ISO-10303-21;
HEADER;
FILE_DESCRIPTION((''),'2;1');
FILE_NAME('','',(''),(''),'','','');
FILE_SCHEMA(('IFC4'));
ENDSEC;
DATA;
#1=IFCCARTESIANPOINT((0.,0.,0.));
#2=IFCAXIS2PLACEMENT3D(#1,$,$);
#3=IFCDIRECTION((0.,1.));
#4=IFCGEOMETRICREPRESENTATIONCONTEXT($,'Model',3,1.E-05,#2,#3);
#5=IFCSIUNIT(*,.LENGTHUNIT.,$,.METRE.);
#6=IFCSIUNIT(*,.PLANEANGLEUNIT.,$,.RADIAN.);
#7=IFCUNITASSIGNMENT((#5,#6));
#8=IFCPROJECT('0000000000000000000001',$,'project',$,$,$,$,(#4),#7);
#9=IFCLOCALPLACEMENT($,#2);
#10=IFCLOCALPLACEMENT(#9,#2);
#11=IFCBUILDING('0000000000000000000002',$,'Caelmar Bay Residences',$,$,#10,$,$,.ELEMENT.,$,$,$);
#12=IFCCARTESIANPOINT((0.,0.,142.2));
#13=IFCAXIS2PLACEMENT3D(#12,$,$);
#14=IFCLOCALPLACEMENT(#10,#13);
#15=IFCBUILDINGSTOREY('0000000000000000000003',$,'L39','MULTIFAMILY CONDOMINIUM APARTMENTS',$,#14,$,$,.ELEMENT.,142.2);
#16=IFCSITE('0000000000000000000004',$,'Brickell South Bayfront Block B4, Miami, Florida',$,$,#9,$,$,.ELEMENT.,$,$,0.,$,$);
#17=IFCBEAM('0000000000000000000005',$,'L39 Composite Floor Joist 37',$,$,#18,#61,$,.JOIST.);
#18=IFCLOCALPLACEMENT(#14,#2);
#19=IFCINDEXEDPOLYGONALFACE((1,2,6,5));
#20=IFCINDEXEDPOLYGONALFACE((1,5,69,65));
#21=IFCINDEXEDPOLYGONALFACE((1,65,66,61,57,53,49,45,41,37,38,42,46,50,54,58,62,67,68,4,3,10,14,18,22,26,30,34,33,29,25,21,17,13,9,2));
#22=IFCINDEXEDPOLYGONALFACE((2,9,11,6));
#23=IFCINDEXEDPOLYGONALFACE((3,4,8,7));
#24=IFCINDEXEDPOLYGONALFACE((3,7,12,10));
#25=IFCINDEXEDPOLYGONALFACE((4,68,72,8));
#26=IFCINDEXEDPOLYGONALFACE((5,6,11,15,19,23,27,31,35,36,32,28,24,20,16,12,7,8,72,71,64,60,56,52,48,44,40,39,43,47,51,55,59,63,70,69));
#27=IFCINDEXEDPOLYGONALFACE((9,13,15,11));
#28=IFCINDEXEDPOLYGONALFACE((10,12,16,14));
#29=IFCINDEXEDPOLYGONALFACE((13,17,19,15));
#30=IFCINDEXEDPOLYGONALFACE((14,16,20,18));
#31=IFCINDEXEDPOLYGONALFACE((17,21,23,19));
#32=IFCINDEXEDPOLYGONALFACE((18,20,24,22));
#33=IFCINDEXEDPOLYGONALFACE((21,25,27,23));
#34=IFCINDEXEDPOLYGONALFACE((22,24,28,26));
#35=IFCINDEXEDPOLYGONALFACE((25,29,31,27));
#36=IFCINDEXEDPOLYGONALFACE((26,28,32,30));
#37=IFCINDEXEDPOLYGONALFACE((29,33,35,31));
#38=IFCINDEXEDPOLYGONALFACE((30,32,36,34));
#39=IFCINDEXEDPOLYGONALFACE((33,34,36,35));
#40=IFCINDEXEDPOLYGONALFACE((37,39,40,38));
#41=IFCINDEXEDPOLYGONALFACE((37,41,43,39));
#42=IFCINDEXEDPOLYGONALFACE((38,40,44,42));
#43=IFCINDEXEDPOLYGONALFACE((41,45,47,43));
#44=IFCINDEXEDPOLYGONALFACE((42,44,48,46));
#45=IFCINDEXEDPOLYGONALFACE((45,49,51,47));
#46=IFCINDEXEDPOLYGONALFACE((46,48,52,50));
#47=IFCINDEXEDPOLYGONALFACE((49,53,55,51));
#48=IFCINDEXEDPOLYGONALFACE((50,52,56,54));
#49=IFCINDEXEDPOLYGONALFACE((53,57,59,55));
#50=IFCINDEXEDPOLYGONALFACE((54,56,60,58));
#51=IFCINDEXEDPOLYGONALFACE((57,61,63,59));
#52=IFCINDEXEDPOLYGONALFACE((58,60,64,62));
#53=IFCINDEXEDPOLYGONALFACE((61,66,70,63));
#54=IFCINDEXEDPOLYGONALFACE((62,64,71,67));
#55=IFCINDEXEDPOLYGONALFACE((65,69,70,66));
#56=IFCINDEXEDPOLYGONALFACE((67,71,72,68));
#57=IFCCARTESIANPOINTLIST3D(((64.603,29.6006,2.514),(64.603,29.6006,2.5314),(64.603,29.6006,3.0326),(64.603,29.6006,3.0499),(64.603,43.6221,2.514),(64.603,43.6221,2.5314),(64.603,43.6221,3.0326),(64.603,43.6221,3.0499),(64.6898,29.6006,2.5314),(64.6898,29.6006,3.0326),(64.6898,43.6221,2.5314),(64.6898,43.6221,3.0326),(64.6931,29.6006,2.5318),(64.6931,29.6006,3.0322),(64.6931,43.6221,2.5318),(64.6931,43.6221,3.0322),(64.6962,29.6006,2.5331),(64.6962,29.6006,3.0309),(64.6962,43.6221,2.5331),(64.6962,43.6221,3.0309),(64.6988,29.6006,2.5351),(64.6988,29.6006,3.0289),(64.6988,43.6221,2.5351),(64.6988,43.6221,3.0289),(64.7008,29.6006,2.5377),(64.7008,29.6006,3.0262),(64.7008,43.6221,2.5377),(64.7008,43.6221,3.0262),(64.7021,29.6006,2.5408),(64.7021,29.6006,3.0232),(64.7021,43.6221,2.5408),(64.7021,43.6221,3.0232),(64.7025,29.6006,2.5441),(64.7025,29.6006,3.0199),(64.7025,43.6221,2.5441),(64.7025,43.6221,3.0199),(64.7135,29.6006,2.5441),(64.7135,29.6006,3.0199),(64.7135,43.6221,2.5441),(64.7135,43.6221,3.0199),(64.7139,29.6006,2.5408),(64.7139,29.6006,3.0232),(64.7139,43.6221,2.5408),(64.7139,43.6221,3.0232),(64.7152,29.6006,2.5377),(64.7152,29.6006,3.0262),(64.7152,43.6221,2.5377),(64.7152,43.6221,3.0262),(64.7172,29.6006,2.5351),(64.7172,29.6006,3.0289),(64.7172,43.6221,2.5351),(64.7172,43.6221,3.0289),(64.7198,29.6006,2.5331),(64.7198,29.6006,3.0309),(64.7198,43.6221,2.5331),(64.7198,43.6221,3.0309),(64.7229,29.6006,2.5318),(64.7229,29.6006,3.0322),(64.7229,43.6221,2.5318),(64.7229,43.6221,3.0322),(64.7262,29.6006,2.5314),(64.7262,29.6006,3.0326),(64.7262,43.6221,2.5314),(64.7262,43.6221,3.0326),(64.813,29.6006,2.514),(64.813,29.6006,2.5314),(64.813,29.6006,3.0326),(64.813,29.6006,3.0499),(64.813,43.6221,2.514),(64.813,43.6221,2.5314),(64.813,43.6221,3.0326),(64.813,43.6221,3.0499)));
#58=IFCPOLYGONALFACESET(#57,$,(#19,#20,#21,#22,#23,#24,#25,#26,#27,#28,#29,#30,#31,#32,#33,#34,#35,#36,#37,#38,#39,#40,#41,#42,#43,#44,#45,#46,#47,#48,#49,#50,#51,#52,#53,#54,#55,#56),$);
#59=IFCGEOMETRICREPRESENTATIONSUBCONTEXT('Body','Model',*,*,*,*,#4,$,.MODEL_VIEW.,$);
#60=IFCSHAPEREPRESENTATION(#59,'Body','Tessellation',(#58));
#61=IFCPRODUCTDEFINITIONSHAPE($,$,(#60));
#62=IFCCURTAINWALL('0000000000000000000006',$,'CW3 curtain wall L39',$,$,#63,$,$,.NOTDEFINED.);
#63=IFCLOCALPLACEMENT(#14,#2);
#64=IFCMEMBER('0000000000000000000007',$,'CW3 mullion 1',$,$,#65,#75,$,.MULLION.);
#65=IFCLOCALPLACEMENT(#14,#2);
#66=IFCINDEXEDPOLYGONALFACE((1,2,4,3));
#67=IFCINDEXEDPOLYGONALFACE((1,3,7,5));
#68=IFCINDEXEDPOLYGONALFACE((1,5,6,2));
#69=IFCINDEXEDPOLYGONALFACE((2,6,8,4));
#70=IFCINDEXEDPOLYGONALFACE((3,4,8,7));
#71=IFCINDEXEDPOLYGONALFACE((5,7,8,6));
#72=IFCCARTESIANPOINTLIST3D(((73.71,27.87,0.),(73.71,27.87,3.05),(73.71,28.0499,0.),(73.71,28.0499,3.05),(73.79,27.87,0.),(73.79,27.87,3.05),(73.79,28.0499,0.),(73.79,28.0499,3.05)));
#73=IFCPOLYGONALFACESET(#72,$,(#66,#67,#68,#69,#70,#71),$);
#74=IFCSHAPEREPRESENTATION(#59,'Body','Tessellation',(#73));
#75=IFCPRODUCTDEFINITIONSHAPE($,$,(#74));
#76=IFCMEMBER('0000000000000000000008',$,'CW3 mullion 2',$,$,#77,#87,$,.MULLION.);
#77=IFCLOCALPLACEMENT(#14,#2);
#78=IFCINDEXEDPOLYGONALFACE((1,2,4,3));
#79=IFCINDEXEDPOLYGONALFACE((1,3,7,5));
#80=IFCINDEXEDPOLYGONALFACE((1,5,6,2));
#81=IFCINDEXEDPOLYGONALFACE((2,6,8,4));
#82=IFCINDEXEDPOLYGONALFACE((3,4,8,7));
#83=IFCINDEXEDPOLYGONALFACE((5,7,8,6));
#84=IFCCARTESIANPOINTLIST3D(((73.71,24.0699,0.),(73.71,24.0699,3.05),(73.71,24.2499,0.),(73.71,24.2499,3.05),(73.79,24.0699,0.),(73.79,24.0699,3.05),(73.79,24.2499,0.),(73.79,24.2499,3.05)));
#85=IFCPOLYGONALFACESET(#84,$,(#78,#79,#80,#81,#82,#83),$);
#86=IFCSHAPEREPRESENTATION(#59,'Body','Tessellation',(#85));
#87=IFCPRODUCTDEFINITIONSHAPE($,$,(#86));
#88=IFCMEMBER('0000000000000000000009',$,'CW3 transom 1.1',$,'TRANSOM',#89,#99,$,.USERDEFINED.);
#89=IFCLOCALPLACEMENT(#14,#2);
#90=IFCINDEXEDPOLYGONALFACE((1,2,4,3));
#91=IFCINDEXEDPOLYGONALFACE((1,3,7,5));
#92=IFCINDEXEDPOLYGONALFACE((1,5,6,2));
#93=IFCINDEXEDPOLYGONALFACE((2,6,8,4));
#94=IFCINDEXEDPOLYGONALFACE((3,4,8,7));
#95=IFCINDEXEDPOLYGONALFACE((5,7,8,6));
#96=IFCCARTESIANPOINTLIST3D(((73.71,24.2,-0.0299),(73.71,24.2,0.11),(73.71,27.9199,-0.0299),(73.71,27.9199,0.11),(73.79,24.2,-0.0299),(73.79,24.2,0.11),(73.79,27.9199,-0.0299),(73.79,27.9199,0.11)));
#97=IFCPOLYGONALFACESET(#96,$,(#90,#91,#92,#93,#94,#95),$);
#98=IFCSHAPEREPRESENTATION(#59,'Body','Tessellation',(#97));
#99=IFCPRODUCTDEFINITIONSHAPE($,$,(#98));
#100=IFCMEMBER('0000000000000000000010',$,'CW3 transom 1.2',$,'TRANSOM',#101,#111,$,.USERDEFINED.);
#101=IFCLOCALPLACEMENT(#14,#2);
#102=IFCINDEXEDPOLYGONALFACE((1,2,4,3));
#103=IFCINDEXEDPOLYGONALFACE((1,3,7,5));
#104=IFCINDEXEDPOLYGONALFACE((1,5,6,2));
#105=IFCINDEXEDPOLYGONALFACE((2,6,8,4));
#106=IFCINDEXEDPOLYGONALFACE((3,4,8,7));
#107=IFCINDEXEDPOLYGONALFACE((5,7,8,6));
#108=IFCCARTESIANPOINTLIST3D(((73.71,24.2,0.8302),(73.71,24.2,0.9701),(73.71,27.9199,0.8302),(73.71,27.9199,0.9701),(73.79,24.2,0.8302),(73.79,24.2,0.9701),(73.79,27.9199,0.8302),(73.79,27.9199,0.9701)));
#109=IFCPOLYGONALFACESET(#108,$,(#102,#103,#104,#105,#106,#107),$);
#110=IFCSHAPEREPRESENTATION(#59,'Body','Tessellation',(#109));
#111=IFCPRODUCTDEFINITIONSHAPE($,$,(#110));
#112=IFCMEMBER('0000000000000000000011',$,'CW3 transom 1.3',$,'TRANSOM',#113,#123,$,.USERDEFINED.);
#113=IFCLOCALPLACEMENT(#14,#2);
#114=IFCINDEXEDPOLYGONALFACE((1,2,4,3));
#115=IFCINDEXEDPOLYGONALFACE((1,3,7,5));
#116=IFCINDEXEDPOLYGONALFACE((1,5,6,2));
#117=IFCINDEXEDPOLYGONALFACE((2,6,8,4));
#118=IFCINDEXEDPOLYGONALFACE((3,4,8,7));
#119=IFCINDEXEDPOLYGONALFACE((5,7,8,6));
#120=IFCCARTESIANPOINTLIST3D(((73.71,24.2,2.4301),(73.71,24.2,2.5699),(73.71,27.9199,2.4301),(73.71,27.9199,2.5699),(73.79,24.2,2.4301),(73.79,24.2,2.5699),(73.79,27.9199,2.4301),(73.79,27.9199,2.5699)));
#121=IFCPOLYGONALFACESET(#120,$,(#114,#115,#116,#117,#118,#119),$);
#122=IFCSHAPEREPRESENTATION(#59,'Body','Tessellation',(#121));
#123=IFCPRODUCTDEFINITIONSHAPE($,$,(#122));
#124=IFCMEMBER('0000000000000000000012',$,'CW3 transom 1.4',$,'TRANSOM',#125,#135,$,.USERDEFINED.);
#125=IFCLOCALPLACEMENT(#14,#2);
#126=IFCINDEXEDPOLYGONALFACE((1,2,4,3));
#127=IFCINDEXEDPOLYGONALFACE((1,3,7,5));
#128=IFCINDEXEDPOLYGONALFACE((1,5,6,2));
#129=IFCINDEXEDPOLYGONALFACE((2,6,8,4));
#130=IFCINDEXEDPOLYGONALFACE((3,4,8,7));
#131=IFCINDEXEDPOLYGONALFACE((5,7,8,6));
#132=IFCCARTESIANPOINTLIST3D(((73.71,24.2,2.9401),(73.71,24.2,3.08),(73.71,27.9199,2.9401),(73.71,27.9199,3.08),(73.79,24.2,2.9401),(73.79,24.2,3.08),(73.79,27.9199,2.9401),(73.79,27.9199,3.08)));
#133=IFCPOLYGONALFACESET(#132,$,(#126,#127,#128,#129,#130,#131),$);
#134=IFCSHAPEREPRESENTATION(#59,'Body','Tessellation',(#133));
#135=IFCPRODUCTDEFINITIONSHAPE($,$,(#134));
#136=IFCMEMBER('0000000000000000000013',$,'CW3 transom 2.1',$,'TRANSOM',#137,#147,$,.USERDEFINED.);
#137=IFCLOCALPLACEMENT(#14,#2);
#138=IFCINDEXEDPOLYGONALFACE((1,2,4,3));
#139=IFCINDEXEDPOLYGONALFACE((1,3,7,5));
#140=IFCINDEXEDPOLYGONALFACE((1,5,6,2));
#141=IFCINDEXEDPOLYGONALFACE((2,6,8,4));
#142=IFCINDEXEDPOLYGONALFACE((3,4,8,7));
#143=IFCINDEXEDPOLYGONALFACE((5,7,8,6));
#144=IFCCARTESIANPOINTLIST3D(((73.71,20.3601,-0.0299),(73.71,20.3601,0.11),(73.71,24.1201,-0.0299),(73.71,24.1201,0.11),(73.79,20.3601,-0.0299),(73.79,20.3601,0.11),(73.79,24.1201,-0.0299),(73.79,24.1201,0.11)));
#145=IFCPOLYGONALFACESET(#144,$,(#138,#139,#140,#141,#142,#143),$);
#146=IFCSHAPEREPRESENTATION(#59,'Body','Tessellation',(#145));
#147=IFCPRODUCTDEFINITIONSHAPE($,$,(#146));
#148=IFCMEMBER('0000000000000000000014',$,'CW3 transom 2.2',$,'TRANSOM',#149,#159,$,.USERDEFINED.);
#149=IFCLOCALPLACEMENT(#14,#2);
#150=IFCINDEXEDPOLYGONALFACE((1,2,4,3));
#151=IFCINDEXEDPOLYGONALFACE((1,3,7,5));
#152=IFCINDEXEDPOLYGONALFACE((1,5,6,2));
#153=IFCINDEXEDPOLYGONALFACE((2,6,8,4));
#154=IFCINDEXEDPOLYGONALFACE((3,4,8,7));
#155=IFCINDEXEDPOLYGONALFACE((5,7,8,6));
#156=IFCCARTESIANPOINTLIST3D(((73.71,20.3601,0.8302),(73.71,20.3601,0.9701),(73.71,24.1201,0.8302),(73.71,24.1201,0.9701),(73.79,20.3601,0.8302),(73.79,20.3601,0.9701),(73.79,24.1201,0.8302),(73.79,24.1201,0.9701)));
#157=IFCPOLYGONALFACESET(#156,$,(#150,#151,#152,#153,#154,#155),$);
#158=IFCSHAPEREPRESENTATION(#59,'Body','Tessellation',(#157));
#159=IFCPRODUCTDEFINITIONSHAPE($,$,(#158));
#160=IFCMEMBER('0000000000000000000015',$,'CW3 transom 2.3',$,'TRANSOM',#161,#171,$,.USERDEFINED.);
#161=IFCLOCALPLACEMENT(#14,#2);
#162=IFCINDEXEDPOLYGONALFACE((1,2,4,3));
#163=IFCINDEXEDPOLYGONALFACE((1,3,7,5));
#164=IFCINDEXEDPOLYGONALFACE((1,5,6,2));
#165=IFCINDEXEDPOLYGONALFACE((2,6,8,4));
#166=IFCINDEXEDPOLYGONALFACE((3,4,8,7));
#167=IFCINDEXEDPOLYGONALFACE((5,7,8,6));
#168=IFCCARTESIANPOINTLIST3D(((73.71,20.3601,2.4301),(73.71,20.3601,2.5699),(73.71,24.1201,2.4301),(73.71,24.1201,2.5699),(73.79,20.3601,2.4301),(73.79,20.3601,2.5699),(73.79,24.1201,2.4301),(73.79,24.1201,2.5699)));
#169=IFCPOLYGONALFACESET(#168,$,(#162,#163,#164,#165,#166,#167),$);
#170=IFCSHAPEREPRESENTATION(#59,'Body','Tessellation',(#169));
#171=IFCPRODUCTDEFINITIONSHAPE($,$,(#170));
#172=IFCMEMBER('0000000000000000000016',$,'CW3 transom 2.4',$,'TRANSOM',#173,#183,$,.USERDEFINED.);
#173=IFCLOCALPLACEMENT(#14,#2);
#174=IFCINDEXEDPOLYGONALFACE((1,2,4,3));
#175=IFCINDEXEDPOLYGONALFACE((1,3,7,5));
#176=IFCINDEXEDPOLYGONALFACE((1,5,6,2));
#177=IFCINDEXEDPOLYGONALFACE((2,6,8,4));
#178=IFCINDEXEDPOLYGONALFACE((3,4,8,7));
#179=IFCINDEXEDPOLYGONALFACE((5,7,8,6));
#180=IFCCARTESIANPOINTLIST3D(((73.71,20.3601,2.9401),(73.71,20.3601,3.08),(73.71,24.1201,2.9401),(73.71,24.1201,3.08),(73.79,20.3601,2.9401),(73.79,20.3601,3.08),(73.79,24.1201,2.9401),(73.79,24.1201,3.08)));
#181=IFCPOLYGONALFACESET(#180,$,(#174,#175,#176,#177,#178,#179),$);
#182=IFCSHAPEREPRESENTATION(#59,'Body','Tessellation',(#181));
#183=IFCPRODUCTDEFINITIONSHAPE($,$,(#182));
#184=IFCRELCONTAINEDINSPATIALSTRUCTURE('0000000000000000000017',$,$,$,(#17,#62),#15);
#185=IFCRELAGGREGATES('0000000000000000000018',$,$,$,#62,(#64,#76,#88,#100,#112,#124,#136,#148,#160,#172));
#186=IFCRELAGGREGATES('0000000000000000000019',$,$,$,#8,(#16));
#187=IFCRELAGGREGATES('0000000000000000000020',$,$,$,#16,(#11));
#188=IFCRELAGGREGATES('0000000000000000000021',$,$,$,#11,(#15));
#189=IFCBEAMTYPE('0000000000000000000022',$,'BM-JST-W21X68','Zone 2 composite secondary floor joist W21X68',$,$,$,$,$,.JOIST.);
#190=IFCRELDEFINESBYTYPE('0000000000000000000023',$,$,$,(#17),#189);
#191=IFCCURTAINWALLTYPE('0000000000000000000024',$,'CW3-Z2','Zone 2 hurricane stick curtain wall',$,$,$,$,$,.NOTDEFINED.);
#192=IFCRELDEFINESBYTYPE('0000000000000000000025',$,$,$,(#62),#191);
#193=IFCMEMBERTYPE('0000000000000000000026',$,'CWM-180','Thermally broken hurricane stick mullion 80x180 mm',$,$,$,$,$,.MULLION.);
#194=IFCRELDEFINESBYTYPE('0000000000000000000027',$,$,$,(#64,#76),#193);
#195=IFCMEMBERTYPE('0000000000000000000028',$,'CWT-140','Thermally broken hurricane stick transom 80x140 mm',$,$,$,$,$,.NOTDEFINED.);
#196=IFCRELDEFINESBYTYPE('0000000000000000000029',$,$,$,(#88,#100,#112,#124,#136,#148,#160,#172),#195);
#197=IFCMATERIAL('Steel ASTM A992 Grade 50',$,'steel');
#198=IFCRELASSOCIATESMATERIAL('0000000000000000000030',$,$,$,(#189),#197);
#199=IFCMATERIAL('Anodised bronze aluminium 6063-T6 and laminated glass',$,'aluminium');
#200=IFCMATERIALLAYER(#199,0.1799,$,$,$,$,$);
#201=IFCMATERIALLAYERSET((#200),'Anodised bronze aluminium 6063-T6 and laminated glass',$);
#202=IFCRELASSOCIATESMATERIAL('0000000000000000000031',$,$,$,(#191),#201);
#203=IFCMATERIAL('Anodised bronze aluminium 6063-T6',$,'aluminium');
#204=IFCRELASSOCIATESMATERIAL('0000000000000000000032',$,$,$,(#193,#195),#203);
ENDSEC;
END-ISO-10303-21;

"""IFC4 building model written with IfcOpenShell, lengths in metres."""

from ifc_helpers import new_model, si_unit, direction, frame, origin, origin_2d, place, context, subcontext, project, spatial, rectangle, i_section, extrude, material, layer, layer_set, material_profile, profile_set, type_object, element, aggregate, save


model = new_model("IFC4")

# Units and contexts
model_context = context("Model", 3, precision=1e-05, world=origin(), true_north=direction((0.0, 1.0)))
body_context = subcontext(model_context, "Body", "Model", "MODEL_VIEW")
ifc_project = project(units=[si_unit("LENGTHUNIT", "METRE"), si_unit("PLANEANGLEUNIT", "RADIAN")], contexts=[model_context])

# Site, building, storey
site_placement = place(None, origin())
site = spatial("IfcSite", under=ifc_project, at=site_placement, Name="Brickell South Bayfront Block B4, Miami, Florida", CompositionType="ELEMENT", RefElevation=0.0)
building_placement = place(site_placement, origin())
building = spatial("IfcBuilding", under=site, at=building_placement, Name="Caelmar Bay Residences", CompositionType="ELEMENT")
storey_placement = place(building_placement, frame((0.0, 0.0, 142.2)))
storey = spatial("IfcBuildingStorey", under=building, at=storey_placement, Name="L39", Description="MULTIFAMILY CONDOMINIUM APARTMENTS", CompositionType="ELEMENT", Elevation=142.2)

# Beam
ifc_material_1 = material(Name="Steel ASTM A992 Grade 50", Category="steel")
ifc_material_profile_1 = material_profile(ifc_material_1, i_section(OverallWidth=0.21, OverallDepth=0.5359, WebThickness=0.011, FlangeThickness=0.0173, FilletRadius=0.0127, at=origin_2d()), Name="W21X68")
ifc_profile_set_1 = profile_set([ifc_material_profile_1], Name="Steel ASTM A992 Grade 50")
beam_type_1 = type_object("IfcBeamType", Name="BM-JST-W21X68", Description="Zone 2 composite secondary floor joist W21X68", PredefinedType="JOIST", material=ifc_profile_set_1)
beam_1_placement = place(storey_placement, frame((64.708, 29.6006, 2.782), z_axis=(0.0, 1.0, 0.0), x_axis=(-1.0, 0.0, 0.0)))
element("IfcBeam", 1, at=beam_1_placement, inside=storey, type_object=beam_type_1, Name="L39 Composite Floor Joist 37", PredefinedType="JOIST", context=body_context, shape_type="SweptSolid", body=[
    extrude(i_section(OverallWidth=0.21, OverallDepth=0.5359, WebThickness=0.011, FlangeThickness=0.0173, FilletRadius=0.0127, at=origin_2d()), origin(), (0.0, 0.0, 1.0), 14.0215),
])

# Curtain wall, members
ifc_material_2 = material(Name="Anodised bronze aluminium 6063-T6 and laminated glass", Category="aluminium")
ifc_layer_1 = layer(ifc_material_2, 0.1799)
ifc_layer_set_1 = layer_set([ifc_layer_1], Name="Anodised bronze aluminium 6063-T6 and laminated glass")
curtain_wall_type = type_object("IfcCurtainWallType", Name="CW3-Z2", Description="Zone 2 hurricane stick curtain wall", PredefinedType="NOTDEFINED", material=ifc_layer_set_1)
curtain_wall_placement = place(storey_placement, origin())
curtain_wall = element("IfcCurtainWall", 2, at=curtain_wall_placement, inside=storey, type_object=curtain_wall_type, Name="CW3 curtain wall L39", PredefinedType="NOTDEFINED")
ifc_material_3 = material(Name="Anodised bronze aluminium 6063-T6", Category="aluminium")
ifc_material_profile_2 = material_profile(ifc_material_3, rectangle(XDim=0.0801, YDim=0.1799, at=origin_2d()), Name="CWM-80X180")
ifc_profile_set_2 = profile_set([ifc_material_profile_2], Name="Anodised bronze aluminium 6063-T6")
member_type_1 = type_object("IfcMemberType", Name="CWM-180", Description="Thermally broken hurricane stick mullion 80x180 mm", PredefinedType="MULLION", material=ifc_profile_set_2)
member_1_placement = place(storey_placement, frame((73.75, 27.96, 0.0), z_axis=(0.0, 0.0, 1.0), x_axis=(1.0, 0.0, 0.0)))
member_1 = element("IfcMember", 3, at=member_1_placement, type_object=member_type_1, Name="CW3 mullion 1", PredefinedType="MULLION", context=body_context, shape_type="SweptSolid", body=[
    extrude(rectangle(XDim=0.0801, YDim=0.1799, at=origin_2d()), origin(), (0.0, 0.0, 1.0), 3.05),
])
member_2_placement = place(storey_placement, frame((73.75, 24.1599, 0.0), z_axis=(0.0, 0.0, 1.0), x_axis=(1.0, 0.0, 0.0)))
member_2 = element("IfcMember", 4, at=member_2_placement, type_object=member_type_1, Name="CW3 mullion 2", PredefinedType="MULLION", context=body_context, shape_type="SweptSolid", body=[
    extrude(rectangle(XDim=0.0801, YDim=0.1799, at=origin_2d()), origin(), (0.0, 0.0, 1.0), 3.05),
])
ifc_material_profile_3 = material_profile(ifc_material_3, rectangle(XDim=0.0801, YDim=0.1399, at=origin_2d()), Name="CWT-80X140")
ifc_profile_set_3 = profile_set([ifc_material_profile_3], Name="Anodised bronze aluminium 6063-T6")
member_type_2 = type_object("IfcMemberType", Name="CWT-140", Description="Thermally broken hurricane stick transom 80x140 mm", PredefinedType="NOTDEFINED", material=ifc_profile_set_3)
member_3_placement = place(storey_placement, frame((73.75, 27.9199, 0.04), z_axis=(0.0, -1.0, 0.0), x_axis=(1.0, 0.0, 0.0)))
member_3 = element("IfcMember", 5, at=member_3_placement, type_object=member_type_2, Name="CW3 transom 1.1", ObjectType="TRANSOM", PredefinedType="USERDEFINED", context=body_context, shape_type="SweptSolid", body=[
    extrude(rectangle(XDim=0.0801, YDim=0.1399, at=origin_2d()), origin(), (0.0, 0.0, 1.0), 3.72),
])
member_4_placement = place(storey_placement, frame((73.75, 27.9199, 0.9001), z_axis=(0.0, -1.0, 0.0), x_axis=(1.0, 0.0, 0.0)))
member_4 = element("IfcMember", 6, at=member_4_placement, type_object=member_type_2, Name="CW3 transom 1.2", ObjectType="TRANSOM", PredefinedType="USERDEFINED", context=body_context, shape_type="SweptSolid", body=[
    extrude(rectangle(XDim=0.0801, YDim=0.1399, at=origin_2d()), origin(), (0.0, 0.0, 1.0), 3.72),
])
member_5_placement = place(storey_placement, frame((73.75, 27.9199, 2.5), z_axis=(0.0, -1.0, 0.0), x_axis=(1.0, 0.0, 0.0)))
member_5 = element("IfcMember", 7, at=member_5_placement, type_object=member_type_2, Name="CW3 transom 1.3", ObjectType="TRANSOM", PredefinedType="USERDEFINED", context=body_context, shape_type="SweptSolid", body=[
    extrude(rectangle(XDim=0.0801, YDim=0.1399, at=origin_2d()), origin(), (0.0, 0.0, 1.0), 3.72),
])
member_6_placement = place(storey_placement, frame((73.75, 27.9199, 3.01), z_axis=(0.0, -1.0, 0.0), x_axis=(1.0, 0.0, 0.0)))
member_6 = element("IfcMember", 8, at=member_6_placement, type_object=member_type_2, Name="CW3 transom 1.4", ObjectType="TRANSOM", PredefinedType="USERDEFINED", context=body_context, shape_type="SweptSolid", body=[
    extrude(rectangle(XDim=0.0801, YDim=0.1399, at=origin_2d()), origin(), (0.0, 0.0, 1.0), 3.72),
])
member_7_placement = place(storey_placement, frame((73.75, 24.1201, 0.04), z_axis=(0.0, -1.0, 0.0), x_axis=(1.0, 0.0, 0.0)))
member_7 = element("IfcMember", 9, at=member_7_placement, type_object=member_type_2, Name="CW3 transom 2.1", ObjectType="TRANSOM", PredefinedType="USERDEFINED", context=body_context, shape_type="SweptSolid", body=[
    extrude(rectangle(XDim=0.0801, YDim=0.1399, at=origin_2d()), origin(), (0.0, 0.0, 1.0), 3.76),
])
member_8_placement = place(storey_placement, frame((73.75, 24.1201, 0.9001), z_axis=(0.0, -1.0, 0.0), x_axis=(1.0, 0.0, 0.0)))
member_8 = element("IfcMember", 10, at=member_8_placement, type_object=member_type_2, Name="CW3 transom 2.2", ObjectType="TRANSOM", PredefinedType="USERDEFINED", context=body_context, shape_type="SweptSolid", body=[
    extrude(rectangle(XDim=0.0801, YDim=0.1399, at=origin_2d()), origin(), (0.0, 0.0, 1.0), 3.76),
])
member_9_placement = place(storey_placement, frame((73.75, 24.1201, 2.5), z_axis=(0.0, -1.0, 0.0), x_axis=(1.0, 0.0, 0.0)))
member_9 = element("IfcMember", 11, at=member_9_placement, type_object=member_type_2, Name="CW3 transom 2.3", ObjectType="TRANSOM", PredefinedType="USERDEFINED", context=body_context, shape_type="SweptSolid", body=[
    extrude(rectangle(XDim=0.0801, YDim=0.1399, at=origin_2d()), origin(), (0.0, 0.0, 1.0), 3.76),
])
member_10_placement = place(storey_placement, frame((73.75, 24.1201, 3.01), z_axis=(0.0, -1.0, 0.0), x_axis=(1.0, 0.0, 0.0)))
member_10 = element("IfcMember", 12, at=member_10_placement, type_object=member_type_2, Name="CW3 transom 2.4", ObjectType="TRANSOM", PredefinedType="USERDEFINED", context=body_context, shape_type="SweptSolid", body=[
    extrude(rectangle(XDim=0.0801, YDim=0.1399, at=origin_2d()), origin(), (0.0, 0.0, 1.0), 3.76),
])
aggregate(curtain_wall, [member_1, member_2, member_3, member_4, member_5, member_6, member_7, member_8, member_9, member_10])

save(model, "model.ifc")
